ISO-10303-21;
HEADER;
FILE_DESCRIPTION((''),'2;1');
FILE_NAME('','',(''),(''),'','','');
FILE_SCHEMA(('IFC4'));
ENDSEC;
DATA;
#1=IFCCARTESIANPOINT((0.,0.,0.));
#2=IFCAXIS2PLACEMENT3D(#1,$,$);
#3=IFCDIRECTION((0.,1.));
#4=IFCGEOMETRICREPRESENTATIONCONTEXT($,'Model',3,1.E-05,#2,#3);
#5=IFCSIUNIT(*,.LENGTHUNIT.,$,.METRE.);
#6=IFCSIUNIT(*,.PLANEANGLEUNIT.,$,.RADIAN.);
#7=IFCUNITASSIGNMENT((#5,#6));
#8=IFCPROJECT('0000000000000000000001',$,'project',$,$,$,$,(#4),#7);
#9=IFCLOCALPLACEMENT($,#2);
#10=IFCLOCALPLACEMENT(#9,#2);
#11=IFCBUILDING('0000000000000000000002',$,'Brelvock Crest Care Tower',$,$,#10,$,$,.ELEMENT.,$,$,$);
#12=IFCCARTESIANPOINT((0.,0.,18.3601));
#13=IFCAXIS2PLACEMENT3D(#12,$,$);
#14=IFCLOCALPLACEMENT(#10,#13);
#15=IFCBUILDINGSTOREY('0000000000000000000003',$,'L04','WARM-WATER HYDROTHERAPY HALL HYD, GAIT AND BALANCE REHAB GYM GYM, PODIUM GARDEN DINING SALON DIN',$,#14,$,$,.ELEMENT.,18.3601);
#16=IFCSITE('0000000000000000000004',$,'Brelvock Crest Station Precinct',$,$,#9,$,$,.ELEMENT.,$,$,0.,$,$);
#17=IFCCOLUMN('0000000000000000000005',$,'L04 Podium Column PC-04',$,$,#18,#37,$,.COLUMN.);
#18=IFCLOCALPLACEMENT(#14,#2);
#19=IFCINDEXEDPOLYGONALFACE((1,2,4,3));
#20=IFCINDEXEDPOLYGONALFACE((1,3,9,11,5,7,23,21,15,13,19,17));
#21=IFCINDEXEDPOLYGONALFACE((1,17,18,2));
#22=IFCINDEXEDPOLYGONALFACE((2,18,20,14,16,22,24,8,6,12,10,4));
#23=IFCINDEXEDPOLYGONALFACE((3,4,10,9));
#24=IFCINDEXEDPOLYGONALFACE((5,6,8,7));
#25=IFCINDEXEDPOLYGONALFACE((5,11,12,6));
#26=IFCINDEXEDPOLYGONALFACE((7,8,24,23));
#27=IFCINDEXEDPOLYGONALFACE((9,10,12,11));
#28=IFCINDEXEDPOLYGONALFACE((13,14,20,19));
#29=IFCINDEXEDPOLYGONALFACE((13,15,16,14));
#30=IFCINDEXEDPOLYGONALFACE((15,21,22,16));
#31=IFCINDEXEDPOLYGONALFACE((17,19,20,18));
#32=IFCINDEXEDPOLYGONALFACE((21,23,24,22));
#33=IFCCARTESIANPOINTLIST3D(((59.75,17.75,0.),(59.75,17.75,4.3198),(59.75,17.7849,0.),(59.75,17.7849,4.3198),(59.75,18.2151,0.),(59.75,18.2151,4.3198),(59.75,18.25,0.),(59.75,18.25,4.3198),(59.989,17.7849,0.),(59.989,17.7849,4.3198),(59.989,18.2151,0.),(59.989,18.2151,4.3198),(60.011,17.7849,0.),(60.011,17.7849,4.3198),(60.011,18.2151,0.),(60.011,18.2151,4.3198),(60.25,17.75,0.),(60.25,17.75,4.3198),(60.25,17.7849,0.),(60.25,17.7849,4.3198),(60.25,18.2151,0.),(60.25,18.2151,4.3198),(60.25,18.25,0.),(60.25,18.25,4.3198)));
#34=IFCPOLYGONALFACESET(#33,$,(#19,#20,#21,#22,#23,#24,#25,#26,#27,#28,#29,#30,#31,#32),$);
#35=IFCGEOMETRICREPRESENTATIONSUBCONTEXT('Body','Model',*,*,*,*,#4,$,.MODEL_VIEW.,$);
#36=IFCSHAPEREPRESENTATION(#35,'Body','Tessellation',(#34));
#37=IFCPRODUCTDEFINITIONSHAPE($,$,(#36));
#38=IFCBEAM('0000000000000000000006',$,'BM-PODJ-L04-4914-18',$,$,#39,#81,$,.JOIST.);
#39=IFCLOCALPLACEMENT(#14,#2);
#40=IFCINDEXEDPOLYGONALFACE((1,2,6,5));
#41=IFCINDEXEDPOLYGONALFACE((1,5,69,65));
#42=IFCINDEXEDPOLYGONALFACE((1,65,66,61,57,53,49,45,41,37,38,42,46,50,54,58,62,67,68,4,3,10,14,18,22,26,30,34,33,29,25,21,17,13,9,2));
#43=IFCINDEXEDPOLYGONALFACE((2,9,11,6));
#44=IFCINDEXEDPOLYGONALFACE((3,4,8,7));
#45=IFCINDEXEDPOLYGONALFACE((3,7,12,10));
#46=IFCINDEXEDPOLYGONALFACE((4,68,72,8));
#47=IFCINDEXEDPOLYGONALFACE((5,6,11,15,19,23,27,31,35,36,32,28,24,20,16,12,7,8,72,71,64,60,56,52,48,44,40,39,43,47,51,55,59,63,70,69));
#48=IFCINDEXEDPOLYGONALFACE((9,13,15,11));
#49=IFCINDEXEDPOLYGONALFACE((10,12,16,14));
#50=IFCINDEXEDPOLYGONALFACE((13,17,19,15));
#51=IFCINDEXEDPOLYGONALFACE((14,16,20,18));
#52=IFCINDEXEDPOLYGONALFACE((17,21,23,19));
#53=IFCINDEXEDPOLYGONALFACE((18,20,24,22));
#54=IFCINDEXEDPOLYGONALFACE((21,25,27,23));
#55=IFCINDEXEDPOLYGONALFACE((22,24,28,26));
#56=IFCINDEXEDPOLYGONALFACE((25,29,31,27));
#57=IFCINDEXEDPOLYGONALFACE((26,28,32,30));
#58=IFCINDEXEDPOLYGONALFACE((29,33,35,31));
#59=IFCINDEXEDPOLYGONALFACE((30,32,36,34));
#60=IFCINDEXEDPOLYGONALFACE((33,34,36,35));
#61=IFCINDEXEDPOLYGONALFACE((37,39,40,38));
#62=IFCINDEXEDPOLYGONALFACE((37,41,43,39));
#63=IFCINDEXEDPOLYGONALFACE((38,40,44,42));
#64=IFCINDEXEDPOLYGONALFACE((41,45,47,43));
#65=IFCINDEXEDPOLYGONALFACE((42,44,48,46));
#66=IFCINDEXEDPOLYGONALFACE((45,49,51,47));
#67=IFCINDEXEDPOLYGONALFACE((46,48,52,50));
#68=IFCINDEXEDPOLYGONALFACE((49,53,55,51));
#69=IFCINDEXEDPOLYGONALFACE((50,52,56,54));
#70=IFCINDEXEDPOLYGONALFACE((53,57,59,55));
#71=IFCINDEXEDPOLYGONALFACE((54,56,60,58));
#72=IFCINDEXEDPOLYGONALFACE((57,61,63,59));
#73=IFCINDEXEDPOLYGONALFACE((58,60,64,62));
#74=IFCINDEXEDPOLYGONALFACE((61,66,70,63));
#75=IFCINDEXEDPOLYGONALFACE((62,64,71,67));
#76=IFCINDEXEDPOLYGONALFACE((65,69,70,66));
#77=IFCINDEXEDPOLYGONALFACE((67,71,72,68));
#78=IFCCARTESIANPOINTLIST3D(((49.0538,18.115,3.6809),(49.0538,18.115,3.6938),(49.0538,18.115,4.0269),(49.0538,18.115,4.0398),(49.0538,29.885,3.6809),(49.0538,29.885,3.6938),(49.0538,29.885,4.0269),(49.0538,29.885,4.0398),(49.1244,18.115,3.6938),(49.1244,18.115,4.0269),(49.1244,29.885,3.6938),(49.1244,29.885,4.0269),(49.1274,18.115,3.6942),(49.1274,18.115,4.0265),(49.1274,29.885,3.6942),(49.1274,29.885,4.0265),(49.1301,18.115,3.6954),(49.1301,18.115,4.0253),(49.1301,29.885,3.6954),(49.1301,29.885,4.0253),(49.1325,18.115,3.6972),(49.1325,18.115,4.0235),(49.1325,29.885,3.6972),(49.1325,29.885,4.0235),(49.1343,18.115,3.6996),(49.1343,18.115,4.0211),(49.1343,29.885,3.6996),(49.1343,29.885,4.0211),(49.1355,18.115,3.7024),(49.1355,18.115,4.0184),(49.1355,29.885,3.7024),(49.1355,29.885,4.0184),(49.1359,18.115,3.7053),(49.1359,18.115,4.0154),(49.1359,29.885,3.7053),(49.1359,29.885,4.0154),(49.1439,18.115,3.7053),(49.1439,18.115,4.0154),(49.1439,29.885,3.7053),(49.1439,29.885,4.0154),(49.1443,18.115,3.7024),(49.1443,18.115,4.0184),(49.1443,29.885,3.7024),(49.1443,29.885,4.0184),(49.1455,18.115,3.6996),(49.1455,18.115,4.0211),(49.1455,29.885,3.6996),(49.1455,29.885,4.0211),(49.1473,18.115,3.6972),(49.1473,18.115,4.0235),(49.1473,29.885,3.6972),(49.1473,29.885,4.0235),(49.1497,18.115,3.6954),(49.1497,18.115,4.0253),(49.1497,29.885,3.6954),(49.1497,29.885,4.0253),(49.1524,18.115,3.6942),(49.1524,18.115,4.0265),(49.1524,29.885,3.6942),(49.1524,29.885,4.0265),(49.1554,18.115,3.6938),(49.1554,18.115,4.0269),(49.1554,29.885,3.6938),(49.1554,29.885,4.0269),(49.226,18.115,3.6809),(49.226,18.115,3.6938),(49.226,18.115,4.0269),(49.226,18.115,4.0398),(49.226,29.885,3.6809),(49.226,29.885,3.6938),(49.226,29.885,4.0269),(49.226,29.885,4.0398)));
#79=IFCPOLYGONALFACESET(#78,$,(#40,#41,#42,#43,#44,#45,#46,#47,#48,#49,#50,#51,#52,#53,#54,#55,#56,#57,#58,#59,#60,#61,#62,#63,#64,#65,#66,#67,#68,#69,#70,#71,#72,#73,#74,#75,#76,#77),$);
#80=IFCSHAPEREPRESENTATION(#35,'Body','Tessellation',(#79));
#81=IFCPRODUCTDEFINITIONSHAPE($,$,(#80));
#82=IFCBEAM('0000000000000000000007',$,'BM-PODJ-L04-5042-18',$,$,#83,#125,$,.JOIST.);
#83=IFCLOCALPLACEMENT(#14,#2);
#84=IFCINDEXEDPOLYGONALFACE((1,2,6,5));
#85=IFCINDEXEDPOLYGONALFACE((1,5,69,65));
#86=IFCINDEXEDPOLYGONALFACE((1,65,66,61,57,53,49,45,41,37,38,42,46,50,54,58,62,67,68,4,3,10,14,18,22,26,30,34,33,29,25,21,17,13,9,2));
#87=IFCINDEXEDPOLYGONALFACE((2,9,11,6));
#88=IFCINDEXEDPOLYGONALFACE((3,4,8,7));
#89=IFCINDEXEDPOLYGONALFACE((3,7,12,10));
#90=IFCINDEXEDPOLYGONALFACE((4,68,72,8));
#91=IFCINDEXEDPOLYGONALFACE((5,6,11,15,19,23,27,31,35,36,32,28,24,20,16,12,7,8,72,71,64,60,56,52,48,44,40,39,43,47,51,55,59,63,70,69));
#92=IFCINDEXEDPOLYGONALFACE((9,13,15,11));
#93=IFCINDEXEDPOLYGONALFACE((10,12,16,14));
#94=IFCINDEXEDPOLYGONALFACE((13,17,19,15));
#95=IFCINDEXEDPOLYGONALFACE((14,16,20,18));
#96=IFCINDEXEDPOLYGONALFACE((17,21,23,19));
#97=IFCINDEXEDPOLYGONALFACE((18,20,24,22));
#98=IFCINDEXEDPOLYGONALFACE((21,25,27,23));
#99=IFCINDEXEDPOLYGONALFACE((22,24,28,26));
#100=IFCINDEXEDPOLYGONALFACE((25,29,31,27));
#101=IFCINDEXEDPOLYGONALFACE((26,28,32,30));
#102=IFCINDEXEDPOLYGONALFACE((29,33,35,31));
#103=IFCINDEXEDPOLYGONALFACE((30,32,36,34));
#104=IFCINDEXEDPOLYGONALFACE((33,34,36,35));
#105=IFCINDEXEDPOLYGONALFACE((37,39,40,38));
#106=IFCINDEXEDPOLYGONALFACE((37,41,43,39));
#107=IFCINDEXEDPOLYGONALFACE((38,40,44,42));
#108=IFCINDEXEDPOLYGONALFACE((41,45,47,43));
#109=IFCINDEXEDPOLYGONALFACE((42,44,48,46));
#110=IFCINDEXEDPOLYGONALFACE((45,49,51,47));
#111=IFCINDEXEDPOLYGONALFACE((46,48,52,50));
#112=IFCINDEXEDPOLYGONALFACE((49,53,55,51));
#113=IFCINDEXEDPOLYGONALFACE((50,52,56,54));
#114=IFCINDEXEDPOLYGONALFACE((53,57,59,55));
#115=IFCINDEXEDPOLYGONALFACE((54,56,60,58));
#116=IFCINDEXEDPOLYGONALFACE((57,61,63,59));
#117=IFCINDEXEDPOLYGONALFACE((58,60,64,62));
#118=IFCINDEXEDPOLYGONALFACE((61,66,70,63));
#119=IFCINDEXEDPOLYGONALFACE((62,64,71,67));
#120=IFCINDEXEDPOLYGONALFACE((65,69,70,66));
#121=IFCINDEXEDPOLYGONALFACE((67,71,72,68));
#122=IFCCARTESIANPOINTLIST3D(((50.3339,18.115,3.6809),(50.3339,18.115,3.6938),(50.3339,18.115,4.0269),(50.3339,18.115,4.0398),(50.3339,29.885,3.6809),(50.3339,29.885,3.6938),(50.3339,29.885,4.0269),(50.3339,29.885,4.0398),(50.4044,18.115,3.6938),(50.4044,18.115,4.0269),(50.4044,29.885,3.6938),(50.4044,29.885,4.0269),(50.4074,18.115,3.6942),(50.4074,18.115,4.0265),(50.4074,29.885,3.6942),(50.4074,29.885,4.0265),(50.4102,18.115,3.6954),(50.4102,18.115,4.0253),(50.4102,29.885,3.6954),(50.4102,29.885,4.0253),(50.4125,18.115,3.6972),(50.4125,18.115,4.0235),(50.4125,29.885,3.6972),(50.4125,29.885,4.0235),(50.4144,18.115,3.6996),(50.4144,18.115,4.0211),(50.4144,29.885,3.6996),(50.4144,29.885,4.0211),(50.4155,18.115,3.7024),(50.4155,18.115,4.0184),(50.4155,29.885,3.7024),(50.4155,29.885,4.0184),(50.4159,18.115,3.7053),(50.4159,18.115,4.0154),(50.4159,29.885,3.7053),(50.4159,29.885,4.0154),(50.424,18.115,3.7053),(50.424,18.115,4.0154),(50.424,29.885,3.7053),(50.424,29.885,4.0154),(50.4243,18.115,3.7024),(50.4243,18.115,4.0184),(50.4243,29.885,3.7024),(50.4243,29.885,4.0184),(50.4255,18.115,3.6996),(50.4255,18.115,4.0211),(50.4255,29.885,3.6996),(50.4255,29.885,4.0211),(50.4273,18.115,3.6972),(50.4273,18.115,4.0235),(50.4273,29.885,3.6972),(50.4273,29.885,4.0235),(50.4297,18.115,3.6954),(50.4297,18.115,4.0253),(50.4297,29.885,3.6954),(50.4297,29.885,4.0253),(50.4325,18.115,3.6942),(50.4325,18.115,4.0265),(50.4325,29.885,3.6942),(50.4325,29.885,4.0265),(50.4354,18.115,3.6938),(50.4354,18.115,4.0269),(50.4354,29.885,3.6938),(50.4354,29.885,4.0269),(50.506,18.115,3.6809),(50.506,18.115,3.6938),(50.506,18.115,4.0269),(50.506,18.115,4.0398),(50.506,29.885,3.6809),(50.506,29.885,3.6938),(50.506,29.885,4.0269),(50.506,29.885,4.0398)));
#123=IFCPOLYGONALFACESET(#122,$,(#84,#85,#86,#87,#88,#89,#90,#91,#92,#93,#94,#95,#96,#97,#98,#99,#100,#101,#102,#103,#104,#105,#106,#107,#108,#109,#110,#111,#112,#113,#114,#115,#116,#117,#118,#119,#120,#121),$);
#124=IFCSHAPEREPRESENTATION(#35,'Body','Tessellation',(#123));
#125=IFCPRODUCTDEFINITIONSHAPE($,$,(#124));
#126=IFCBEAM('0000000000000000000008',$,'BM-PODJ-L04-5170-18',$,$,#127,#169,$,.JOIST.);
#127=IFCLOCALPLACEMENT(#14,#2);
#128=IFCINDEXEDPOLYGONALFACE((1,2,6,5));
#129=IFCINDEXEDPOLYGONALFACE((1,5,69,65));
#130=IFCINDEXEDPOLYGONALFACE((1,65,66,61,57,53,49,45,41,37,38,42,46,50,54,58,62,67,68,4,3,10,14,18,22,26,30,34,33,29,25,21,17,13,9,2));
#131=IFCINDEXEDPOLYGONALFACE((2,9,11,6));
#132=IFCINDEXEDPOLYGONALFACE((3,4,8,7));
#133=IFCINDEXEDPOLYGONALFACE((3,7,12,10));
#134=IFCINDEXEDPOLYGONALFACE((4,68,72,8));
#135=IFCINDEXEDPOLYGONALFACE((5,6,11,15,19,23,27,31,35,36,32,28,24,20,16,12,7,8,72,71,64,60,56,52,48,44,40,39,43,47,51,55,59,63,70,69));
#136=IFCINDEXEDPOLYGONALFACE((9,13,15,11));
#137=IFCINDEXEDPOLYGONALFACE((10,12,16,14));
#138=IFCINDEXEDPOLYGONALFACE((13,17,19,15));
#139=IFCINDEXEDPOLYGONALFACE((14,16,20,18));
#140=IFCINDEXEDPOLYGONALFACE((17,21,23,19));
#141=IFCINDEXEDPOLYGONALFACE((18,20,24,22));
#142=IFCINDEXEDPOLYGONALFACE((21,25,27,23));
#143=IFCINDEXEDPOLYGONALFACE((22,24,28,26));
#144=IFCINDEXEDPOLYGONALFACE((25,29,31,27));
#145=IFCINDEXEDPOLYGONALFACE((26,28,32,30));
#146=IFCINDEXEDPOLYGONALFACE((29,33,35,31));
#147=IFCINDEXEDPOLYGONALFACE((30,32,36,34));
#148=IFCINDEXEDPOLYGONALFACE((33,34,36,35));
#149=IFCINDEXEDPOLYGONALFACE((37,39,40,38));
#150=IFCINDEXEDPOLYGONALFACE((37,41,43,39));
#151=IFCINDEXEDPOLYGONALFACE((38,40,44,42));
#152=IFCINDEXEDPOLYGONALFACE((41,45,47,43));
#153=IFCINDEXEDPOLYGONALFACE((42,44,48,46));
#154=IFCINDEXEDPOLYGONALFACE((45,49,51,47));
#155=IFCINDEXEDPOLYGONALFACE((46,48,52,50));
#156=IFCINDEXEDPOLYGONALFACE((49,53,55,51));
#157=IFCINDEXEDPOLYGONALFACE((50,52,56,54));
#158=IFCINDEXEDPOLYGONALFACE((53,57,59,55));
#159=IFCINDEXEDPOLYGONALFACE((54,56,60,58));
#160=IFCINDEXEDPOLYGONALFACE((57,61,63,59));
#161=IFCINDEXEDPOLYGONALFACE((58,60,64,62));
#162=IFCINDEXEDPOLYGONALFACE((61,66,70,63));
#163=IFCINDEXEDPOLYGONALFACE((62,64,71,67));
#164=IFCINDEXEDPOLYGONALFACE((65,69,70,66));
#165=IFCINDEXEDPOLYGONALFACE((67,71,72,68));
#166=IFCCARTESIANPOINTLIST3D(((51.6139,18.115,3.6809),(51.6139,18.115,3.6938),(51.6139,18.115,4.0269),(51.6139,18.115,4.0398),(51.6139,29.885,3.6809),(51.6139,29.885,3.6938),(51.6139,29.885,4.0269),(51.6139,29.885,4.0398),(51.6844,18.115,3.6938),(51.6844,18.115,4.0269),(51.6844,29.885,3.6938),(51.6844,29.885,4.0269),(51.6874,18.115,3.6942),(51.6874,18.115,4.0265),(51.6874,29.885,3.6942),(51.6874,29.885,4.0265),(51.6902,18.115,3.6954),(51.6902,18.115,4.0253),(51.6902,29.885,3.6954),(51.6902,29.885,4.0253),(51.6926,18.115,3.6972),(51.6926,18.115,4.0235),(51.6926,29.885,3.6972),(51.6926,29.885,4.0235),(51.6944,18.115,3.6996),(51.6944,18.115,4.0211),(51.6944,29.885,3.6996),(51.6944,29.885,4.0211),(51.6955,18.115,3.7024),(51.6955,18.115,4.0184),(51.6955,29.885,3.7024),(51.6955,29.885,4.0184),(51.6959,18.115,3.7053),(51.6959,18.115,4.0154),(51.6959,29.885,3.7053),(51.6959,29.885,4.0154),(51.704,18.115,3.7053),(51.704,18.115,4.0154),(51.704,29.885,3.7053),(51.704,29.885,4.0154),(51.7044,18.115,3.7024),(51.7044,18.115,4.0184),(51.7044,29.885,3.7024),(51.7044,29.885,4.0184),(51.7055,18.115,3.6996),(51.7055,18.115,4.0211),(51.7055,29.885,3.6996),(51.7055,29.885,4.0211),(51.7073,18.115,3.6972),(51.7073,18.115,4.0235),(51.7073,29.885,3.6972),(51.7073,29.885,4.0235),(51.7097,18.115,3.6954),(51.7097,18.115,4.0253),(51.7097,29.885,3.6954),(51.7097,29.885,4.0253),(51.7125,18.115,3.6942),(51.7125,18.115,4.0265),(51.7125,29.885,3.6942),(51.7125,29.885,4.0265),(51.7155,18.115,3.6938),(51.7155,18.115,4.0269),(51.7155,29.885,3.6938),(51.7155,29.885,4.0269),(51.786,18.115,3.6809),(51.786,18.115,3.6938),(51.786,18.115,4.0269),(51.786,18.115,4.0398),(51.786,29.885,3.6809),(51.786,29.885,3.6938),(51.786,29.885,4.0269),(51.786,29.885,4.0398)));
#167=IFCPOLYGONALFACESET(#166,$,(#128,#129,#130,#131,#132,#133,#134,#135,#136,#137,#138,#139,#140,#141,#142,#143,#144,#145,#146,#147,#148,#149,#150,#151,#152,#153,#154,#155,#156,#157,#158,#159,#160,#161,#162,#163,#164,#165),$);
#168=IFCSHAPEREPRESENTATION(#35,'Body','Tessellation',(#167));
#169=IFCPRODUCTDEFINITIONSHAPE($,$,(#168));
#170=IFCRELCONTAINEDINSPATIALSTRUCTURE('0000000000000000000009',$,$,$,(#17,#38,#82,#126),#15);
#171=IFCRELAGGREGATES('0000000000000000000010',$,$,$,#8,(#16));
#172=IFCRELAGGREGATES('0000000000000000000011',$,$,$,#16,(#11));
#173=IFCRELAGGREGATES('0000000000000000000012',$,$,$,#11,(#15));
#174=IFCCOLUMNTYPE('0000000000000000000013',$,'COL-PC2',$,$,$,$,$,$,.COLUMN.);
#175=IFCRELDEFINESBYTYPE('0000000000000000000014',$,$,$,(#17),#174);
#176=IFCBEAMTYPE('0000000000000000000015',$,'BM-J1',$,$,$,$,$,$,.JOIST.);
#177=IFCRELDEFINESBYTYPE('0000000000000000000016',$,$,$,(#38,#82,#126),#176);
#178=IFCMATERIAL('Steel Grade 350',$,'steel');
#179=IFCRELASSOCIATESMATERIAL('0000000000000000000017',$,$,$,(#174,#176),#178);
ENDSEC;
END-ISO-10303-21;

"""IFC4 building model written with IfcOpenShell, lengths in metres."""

from ifc_helpers import new_model, si_unit, direction, frame, origin, origin_2d, place, context, subcontext, project, spatial, i_section, extrude, source, transform, mapped, material, material_profile, profile_set, type_object, element, save


model = new_model("IFC4")

# Units and contexts
model_context = context("Model", 3, precision=1e-05, world=origin(), true_north=direction((0.0, 1.0)))
body_context = subcontext(model_context, "Body", "Model", "MODEL_VIEW")
ifc_project = project(units=[si_unit("LENGTHUNIT", "METRE"), si_unit("PLANEANGLEUNIT", "RADIAN")], contexts=[model_context])

# Site, building, storey
site_placement = place(None, origin())
site = spatial("IfcSite", under=ifc_project, at=site_placement, Name="Brelvock Crest Station Precinct", CompositionType="ELEMENT", RefElevation=0.0)
building_placement = place(site_placement, origin())
building = spatial("IfcBuilding", under=site, at=building_placement, Name="Brelvock Crest Care Tower", CompositionType="ELEMENT")
storey_placement = place(building_placement, frame((0.0, 0.0, 18.3601)))
storey = spatial("IfcBuildingStorey", under=building, at=storey_placement, Name="L04", Description="WARM-WATER HYDROTHERAPY HALL HYD, GAIT AND BALANCE REHAB GYM GYM, PODIUM GARDEN DINING SALON DIN", CompositionType="ELEMENT", Elevation=18.3601)

# Column
ifc_material_1 = material(Name="Steel Grade 350", Category="steel")
ifc_material_profile_1 = material_profile(ifc_material_1, i_section(OverallWidth=0.5, OverallDepth=0.5, WebThickness=0.022, FlangeThickness=0.0349, at=origin_2d()), Name="500WC340")
ifc_profile_set_1 = profile_set([ifc_material_profile_1], Name="Steel Grade 350")
column_type = type_object("IfcColumnType", Name="COL-PC2", PredefinedType="COLUMN", material=ifc_profile_set_1)
shared_shape_1 = source(origin(), body_context, "Body", "SweptSolid", [
    extrude(i_section(OverallWidth=0.5, OverallDepth=0.5, WebThickness=0.022, FlangeThickness=0.0349, at=origin_2d()), origin(), (0.0, 0.0, 1.0), 4.3198),
])
column_placement = place(storey_placement, frame((60.0, 18.0, 0.0), z_axis=(0.0, 0.0, 1.0), x_axis=(1.0, 0.0, 0.0)))
element("IfcColumn", 1, at=column_placement, inside=storey, type_object=column_type, Name="L04 Podium Column PC-04", PredefinedType="COLUMN", context=body_context, shape_type="MappedRepresentation", body=[
    mapped(shared_shape_1, transform((0.0, 0.0, 0.0), x_axis=(1.0, 0.0, 0.0), y_axis=(0.0, 1.0, 0.0), z_axis=(0.0, 0.0, 1.0), scale=1.0)),
])

# Beams
ifc_material_profile_2 = material_profile(ifc_material_1, i_section(OverallWidth=0.1721, OverallDepth=0.3589, WebThickness=0.0081, FlangeThickness=0.0129, FilletRadius=0.0115, at=origin_2d()), Name="360UB56.7")
ifc_profile_set_2 = profile_set([ifc_material_profile_2], Name="Steel Grade 350")
beam_type_1 = type_object("IfcBeamType", Name="BM-J1", PredefinedType="JOIST", material=ifc_profile_set_2)
shared_shape_2 = source(origin(), body_context, "Body", "SweptSolid", [
    extrude(i_section(OverallWidth=0.1721, OverallDepth=0.3589, WebThickness=0.0081, FlangeThickness=0.0129, FilletRadius=0.0115, at=origin_2d()), origin(), (0.0, 0.0, 1.0), 11.77),
])
for number, where, z_axis, x_axis, name in (
    (2, (49.1399, 18.115, 3.8604), (0.0, 1.0, 0.0), (-1.0, 0.0, 0.0), "BM-PODJ-L04-4914-18"),
    (3, (50.4199, 18.115, 3.8604), (0.0, 1.0, 0.0), (-1.0, 0.0, 0.0), "BM-PODJ-L04-5042-18"),
    (4, (51.7, 18.115, 3.8604), (0.0, 1.0, 0.0), (-1.0, 0.0, 0.0), "BM-PODJ-L04-5170-18"),
):
    element("IfcBeam", number, at=place(storey_placement, frame(where, z_axis=z_axis, x_axis=x_axis)), inside=storey, type_object=beam_type_1, Name=name, PredefinedType="JOIST", context=body_context, shape_type="MappedRepresentation", body=[
        mapped(shared_shape_2, transform((0.0, 0.0, 0.0), x_axis=(1.0, 0.0, 0.0), y_axis=(0.0, 1.0, 0.0), z_axis=(0.0, 0.0, 1.0), scale=1.0)),
    ])

save(model, "model.ifc")
